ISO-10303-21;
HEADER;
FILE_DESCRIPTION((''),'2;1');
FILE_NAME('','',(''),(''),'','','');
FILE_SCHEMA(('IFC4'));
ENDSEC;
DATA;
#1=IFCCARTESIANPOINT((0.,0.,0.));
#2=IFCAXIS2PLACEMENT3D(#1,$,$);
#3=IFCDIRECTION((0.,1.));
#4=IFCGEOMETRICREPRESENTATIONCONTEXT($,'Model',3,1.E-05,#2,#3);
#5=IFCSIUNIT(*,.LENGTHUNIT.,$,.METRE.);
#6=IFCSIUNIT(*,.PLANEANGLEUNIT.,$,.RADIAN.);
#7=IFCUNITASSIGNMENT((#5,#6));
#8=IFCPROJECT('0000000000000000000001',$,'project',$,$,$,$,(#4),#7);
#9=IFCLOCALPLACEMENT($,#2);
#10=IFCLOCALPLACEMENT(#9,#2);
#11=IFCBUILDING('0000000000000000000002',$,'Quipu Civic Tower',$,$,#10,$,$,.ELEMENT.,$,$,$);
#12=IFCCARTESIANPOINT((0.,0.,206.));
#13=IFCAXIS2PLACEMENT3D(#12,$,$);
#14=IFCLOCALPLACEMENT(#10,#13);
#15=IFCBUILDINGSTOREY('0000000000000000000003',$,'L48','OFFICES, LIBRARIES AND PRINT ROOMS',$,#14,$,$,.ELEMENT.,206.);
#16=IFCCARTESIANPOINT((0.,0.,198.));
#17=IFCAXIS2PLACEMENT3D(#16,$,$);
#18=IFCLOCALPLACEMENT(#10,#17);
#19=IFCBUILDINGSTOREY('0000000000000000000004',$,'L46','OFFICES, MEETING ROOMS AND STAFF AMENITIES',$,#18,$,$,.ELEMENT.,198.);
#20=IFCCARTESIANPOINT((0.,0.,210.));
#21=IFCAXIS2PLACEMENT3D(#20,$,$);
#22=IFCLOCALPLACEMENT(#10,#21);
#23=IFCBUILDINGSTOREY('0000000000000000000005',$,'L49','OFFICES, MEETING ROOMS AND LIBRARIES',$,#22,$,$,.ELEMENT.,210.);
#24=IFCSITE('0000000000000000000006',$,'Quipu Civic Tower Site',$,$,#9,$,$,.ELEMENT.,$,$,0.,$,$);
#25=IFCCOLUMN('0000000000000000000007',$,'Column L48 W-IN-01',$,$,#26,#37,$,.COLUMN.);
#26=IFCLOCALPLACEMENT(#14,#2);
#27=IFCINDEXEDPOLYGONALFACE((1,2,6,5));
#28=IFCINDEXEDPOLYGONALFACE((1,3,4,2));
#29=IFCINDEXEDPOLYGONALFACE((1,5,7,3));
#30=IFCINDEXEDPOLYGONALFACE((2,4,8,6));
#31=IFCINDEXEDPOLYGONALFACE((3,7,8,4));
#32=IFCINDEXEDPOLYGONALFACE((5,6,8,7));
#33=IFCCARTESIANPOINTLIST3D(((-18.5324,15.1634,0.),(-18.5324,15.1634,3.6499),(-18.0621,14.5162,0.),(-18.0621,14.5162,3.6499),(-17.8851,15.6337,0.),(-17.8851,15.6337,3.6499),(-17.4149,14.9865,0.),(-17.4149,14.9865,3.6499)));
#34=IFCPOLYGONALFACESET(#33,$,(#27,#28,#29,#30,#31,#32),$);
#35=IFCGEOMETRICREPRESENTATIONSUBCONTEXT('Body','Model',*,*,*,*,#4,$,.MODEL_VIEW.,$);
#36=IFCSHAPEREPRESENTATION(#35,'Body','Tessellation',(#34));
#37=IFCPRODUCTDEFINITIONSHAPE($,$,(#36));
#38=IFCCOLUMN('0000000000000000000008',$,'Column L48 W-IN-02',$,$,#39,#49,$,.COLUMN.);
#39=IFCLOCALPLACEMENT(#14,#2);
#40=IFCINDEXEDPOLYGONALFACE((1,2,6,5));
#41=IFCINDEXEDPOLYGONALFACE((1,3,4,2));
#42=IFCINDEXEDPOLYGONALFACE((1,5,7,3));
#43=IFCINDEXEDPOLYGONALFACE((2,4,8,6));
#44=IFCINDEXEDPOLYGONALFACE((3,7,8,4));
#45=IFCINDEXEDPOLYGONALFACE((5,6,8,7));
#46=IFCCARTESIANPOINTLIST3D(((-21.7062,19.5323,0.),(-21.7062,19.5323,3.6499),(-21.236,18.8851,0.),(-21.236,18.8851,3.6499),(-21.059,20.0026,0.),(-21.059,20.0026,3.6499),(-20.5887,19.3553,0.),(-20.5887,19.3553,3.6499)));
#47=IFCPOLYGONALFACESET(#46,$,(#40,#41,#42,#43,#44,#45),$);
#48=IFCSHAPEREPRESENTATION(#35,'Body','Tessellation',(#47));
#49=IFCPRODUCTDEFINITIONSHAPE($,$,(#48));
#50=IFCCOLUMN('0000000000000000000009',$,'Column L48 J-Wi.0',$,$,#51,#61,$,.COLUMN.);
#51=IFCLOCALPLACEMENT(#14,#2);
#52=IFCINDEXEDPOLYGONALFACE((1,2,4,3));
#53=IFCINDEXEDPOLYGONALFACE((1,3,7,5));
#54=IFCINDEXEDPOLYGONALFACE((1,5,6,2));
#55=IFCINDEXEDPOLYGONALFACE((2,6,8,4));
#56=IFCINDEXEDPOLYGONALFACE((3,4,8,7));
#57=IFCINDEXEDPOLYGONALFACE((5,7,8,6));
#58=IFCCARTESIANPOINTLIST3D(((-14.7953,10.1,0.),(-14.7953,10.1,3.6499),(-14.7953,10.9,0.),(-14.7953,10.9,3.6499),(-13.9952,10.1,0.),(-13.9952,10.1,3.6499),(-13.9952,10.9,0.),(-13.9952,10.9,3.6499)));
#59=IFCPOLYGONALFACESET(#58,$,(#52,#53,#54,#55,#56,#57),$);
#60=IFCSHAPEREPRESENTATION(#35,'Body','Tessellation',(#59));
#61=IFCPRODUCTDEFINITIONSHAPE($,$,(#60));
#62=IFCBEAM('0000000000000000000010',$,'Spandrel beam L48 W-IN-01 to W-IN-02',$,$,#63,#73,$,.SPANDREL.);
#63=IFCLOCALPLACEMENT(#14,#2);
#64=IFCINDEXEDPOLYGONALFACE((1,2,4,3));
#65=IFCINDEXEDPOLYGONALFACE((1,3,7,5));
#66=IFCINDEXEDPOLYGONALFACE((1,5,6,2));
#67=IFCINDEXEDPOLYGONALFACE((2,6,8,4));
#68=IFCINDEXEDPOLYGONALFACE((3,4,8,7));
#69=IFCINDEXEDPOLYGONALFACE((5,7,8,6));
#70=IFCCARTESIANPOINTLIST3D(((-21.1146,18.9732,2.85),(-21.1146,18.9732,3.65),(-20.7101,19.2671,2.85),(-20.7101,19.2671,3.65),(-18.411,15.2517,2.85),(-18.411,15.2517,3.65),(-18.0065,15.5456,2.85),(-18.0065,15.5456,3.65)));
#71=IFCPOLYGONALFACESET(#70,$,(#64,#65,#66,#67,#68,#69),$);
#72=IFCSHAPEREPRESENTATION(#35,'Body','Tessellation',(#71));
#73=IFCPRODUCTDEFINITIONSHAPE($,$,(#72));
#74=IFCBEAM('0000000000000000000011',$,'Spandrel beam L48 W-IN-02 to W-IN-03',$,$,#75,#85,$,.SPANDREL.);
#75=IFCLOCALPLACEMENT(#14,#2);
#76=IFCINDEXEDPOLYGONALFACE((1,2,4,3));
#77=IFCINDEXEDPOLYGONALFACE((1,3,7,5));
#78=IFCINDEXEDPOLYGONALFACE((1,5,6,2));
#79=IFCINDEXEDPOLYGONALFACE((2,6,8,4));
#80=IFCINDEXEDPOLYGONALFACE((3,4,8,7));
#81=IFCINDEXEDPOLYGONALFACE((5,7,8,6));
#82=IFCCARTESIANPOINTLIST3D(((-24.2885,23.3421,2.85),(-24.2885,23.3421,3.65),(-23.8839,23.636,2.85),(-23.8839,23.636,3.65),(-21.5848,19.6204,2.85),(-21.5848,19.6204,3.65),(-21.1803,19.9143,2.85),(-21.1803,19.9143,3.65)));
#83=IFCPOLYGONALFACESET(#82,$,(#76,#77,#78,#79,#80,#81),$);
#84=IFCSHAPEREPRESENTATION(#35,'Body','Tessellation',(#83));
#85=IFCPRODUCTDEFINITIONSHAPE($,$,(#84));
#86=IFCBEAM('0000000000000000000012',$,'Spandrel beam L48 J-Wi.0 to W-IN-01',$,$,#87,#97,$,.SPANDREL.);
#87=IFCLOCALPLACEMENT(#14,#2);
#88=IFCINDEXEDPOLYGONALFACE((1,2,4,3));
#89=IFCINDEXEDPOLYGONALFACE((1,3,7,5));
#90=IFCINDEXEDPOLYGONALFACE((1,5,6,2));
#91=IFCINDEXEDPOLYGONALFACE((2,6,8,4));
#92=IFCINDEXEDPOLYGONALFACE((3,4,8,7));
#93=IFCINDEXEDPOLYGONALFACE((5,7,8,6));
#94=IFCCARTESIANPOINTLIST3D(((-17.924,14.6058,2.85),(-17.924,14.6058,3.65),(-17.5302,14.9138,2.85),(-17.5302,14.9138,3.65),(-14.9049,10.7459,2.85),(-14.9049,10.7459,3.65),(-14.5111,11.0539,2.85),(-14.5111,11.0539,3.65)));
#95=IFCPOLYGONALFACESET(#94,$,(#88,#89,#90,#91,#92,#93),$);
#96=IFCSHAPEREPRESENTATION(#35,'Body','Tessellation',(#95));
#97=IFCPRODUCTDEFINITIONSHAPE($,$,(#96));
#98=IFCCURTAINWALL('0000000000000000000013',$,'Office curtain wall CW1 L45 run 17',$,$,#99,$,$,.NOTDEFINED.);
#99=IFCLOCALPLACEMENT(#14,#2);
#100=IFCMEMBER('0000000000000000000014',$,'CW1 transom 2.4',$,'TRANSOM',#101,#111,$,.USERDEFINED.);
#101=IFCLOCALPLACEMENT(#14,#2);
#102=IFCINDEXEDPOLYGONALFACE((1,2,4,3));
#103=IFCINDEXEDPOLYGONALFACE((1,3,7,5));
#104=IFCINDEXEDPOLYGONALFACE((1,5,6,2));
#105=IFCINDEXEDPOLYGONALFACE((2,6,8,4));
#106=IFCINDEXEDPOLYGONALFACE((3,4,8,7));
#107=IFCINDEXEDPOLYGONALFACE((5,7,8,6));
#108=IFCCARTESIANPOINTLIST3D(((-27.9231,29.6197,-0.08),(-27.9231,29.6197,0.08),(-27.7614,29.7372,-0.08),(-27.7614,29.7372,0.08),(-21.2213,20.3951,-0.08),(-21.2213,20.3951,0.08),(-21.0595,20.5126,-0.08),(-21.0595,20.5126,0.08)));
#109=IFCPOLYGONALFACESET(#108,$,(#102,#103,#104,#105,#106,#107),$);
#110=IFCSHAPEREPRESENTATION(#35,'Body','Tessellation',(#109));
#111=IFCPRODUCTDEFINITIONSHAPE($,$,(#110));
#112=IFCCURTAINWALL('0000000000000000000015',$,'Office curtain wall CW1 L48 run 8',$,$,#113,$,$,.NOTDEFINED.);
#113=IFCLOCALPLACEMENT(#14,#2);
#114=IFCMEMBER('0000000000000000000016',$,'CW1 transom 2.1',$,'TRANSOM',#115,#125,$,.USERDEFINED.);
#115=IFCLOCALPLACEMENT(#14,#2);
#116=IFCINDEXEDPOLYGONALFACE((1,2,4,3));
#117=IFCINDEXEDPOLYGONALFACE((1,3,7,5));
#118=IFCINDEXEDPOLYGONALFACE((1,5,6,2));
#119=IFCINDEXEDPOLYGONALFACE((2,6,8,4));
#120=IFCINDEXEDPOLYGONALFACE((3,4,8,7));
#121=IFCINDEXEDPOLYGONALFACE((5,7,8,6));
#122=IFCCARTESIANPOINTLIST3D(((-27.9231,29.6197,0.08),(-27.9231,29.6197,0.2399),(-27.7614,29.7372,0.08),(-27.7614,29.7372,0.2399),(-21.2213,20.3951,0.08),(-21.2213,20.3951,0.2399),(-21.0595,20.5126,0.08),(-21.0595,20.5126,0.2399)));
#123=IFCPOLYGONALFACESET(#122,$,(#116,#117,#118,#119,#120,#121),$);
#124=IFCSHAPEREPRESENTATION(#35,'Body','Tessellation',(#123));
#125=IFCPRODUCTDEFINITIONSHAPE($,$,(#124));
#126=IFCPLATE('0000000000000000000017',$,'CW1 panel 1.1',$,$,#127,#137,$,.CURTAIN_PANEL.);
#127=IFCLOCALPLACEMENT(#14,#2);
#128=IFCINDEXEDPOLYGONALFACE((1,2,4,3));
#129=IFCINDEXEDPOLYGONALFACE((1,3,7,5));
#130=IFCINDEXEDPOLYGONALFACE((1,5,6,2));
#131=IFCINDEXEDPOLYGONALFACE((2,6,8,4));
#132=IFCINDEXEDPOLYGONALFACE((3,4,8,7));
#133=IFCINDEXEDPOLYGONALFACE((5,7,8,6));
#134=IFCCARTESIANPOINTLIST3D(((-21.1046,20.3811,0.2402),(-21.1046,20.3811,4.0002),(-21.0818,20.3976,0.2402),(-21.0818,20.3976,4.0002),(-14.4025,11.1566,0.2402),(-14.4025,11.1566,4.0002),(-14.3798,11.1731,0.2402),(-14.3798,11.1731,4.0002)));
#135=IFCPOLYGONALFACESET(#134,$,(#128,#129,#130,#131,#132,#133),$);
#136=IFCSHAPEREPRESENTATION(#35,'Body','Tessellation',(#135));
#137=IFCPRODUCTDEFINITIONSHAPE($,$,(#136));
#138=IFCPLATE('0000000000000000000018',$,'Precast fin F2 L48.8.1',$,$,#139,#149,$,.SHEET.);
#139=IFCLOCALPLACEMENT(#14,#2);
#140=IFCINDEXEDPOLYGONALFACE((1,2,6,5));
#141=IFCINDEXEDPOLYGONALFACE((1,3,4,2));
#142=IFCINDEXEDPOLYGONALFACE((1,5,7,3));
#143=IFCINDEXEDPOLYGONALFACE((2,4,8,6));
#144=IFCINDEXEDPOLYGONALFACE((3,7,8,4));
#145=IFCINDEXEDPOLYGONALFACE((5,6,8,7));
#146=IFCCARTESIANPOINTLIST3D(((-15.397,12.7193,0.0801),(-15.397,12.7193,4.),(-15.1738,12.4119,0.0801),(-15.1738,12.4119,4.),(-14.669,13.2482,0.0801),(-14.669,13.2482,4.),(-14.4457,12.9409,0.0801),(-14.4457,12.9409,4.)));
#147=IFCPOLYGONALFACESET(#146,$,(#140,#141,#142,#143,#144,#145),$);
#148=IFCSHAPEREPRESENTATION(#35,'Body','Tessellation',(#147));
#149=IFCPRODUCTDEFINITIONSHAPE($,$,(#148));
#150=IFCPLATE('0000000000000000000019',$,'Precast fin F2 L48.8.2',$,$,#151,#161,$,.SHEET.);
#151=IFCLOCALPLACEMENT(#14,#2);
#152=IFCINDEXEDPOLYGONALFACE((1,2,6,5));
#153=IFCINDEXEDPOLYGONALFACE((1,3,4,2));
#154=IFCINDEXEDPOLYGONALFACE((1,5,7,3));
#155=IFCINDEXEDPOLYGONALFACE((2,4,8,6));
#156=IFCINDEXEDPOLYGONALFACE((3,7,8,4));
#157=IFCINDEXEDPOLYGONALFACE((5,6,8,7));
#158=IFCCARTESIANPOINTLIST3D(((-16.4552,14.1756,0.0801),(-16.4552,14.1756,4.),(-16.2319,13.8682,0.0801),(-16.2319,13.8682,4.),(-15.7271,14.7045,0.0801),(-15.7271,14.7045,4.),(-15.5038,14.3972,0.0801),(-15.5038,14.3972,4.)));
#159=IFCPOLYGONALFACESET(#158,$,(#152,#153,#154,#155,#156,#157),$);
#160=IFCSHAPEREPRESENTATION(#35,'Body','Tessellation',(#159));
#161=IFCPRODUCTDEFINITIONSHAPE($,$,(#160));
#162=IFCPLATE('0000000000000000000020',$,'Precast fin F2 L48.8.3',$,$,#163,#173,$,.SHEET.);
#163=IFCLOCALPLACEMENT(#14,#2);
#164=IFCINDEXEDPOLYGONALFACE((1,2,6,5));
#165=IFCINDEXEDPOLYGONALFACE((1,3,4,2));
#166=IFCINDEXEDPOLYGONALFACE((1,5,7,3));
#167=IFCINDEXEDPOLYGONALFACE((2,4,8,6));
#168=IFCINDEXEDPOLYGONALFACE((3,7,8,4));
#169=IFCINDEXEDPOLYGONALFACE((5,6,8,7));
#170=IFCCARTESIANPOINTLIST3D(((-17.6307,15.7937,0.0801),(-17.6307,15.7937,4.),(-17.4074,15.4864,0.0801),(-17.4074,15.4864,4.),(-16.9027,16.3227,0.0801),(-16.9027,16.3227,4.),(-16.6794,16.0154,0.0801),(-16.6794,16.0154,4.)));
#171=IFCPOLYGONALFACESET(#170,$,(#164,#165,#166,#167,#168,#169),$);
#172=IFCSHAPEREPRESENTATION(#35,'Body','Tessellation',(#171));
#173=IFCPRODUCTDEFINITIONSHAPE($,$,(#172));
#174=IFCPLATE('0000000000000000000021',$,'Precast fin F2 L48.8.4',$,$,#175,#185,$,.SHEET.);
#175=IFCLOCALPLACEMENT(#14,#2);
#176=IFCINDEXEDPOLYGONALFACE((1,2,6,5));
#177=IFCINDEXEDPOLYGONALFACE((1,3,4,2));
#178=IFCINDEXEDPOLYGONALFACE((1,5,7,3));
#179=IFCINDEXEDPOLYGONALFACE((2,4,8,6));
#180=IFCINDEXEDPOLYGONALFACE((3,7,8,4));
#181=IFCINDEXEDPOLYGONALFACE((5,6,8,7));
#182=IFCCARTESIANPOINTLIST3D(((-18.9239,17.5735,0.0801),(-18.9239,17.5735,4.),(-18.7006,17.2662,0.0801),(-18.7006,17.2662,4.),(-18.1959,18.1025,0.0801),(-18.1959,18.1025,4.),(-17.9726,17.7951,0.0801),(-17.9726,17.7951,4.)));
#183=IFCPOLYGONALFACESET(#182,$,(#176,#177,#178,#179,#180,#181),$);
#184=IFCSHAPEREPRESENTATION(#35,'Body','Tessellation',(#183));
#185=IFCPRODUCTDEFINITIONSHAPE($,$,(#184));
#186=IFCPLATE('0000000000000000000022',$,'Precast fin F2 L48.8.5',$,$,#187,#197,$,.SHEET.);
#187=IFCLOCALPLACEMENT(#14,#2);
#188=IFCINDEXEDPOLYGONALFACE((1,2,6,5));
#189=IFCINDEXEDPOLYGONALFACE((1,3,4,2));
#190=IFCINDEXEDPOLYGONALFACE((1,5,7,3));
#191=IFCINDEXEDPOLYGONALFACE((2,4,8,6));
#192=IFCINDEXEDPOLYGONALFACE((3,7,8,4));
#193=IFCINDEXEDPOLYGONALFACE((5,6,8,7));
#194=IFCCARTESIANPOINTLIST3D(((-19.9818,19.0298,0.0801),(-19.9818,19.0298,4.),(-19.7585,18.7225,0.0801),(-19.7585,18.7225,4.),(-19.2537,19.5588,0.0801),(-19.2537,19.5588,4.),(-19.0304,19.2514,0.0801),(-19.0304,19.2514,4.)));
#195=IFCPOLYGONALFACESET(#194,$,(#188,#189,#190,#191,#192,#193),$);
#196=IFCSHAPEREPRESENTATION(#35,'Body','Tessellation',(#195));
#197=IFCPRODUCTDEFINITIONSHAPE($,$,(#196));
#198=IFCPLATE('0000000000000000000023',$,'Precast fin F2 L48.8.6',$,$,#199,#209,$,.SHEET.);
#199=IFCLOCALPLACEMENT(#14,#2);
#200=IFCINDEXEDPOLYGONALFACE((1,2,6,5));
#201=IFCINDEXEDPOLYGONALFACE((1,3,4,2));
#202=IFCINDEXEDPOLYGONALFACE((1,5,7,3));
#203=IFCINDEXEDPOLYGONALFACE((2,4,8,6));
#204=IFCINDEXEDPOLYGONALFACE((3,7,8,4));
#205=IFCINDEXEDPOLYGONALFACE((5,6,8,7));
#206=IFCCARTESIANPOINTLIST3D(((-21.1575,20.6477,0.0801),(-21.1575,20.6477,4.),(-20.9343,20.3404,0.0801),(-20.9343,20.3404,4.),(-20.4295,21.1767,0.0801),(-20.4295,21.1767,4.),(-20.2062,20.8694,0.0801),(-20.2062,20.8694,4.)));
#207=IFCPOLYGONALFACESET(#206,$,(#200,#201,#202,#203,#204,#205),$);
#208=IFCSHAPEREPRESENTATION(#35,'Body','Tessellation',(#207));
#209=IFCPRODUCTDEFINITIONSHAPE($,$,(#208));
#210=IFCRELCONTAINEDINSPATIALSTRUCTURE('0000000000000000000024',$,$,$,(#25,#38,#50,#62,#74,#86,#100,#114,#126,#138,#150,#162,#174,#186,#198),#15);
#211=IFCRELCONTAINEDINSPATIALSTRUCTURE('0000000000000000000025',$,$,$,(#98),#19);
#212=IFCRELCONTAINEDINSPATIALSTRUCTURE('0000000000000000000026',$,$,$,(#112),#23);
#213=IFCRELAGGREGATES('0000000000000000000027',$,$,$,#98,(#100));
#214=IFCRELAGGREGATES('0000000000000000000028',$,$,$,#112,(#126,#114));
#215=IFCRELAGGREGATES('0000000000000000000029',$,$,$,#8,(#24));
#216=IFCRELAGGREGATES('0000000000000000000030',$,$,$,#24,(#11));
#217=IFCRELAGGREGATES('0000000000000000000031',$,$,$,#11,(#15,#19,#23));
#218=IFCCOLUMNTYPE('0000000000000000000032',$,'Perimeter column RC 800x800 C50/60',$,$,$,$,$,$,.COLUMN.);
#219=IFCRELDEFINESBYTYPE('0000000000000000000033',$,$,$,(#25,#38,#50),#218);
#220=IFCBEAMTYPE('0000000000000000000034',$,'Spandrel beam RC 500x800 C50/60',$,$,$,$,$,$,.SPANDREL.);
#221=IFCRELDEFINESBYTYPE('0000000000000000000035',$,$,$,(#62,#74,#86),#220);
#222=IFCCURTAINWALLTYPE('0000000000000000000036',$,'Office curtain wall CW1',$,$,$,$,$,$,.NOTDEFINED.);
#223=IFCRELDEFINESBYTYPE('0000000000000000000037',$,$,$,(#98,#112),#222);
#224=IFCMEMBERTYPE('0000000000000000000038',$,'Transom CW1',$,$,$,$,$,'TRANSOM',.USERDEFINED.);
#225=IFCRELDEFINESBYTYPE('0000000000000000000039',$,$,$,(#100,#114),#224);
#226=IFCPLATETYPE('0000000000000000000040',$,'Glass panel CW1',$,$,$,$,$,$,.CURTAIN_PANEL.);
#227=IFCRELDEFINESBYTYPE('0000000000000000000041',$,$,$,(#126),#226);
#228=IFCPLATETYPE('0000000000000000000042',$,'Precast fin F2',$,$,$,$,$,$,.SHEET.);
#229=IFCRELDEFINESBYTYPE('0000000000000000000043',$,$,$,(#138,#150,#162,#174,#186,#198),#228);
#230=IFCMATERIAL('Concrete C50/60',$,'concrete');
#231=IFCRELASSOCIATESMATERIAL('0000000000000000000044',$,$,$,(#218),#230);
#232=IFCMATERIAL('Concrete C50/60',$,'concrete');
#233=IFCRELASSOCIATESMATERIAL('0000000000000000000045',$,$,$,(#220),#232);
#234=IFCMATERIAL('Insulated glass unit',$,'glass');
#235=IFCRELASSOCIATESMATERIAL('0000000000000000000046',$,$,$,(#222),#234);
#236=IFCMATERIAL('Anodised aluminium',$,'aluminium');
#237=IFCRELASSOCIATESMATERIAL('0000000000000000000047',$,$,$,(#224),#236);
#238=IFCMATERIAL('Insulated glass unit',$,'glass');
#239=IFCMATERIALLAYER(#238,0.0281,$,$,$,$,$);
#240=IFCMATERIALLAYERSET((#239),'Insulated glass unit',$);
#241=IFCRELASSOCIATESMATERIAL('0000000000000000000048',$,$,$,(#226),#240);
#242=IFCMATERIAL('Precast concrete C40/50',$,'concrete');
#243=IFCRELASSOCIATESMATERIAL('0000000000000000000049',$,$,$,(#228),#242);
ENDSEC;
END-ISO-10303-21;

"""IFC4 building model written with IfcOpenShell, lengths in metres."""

from ifc_helpers import new_model, si_unit, direction, frame, origin, origin_2d, place, context, subcontext, project, spatial, rectangle, extrude, material, layer, layer_set, material_profile, profile_set, type_object, element, aggregate, save


model = new_model("IFC4")

# Units and contexts
model_context = context("Model", 3, precision=1e-05, world=origin(), true_north=direction((0.0, 1.0)))
body_context = subcontext(model_context, "Body", "Model", "MODEL_VIEW")
ifc_project = project(units=[si_unit("LENGTHUNIT", "METRE"), si_unit("PLANEANGLEUNIT", "RADIAN")], contexts=[model_context])

# Site, building, storey
site_placement = place(None, origin())
site = spatial("IfcSite", under=ifc_project, at=site_placement, Name="Quipu Civic Tower Site", CompositionType="ELEMENT", RefElevation=0.0)
building_placement = place(site_placement, origin())
building = spatial("IfcBuilding", under=site, at=building_placement, Name="Quipu Civic Tower", CompositionType="ELEMENT")
storey_1_placement = place(building_placement, frame((0.0, 0.0, 206.0)))
storey_1 = spatial("IfcBuildingStorey", under=building, at=storey_1_placement, Name="L48", Description="OFFICES, LIBRARIES AND PRINT ROOMS", CompositionType="ELEMENT", Elevation=206.0)

# Columns
ifc_material_1 = material(Name="Concrete C50/60", Category="concrete")
ifc_material_profile_1 = material_profile(ifc_material_1, rectangle(XDim=0.8, YDim=0.8, at=origin_2d()), Name="RC800x800")
ifc_profile_set_1 = profile_set([ifc_material_profile_1], Name="Concrete C50/60")
column_type = type_object("IfcColumnType", Name="Perimeter column RC 800x800 C50/60", PredefinedType="COLUMN", material=ifc_profile_set_1)
for number, where, z_axis, x_axis, name in (
    (1, (-17.9736, 15.075, 0.0), (0.0, 0.0, 1.0), (-0.587785, 0.809017, 0.0), "Column L48 W-IN-01"),
    (2, (-21.1475, 19.4438, 0.0), (0.0, 0.0, 1.0), (-0.587785, 0.809017, 0.0), "Column L48 W-IN-02"),
    (3, (-14.3953, 10.5, 0.0), (0.0, 0.0, 1.0), (-1.0, 0.0, 0.0), "Column L48 J-Wi.0"),
):
    element("IfcColumn", number, at=place(storey_1_placement, frame(where, z_axis=z_axis, x_axis=x_axis)), inside=storey_1, type_object=column_type, Name=name, PredefinedType="COLUMN", context=body_context, shape_type="SweptSolid", body=[
        extrude(rectangle(XDim=0.8, YDim=0.8, at=origin_2d()), origin(), (0.0, 0.0, 1.0), 3.6499),
    ])

# Beams
ifc_material_2 = material(Name="Concrete C50/60", Category="concrete")
ifc_material_profile_2 = material_profile(ifc_material_2, rectangle(XDim=0.5, YDim=0.8, at=origin_2d()), Name="RC500x800")
ifc_profile_set_2 = profile_set([ifc_material_profile_2], Name="Concrete C50/60")
beam_type = type_object("IfcBeamType", Name="Spandrel beam RC 500x800 C50/60", PredefinedType="SPANDREL", material=ifc_profile_set_2)
beam_1_placement = place(storey_1_placement, frame((-18.2087, 15.3987, 3.25), z_axis=(-0.587761, 0.809034, 0.0), x_axis=(-0.809034, -0.587761, 0.0)))
element("IfcBeam", 4, at=beam_1_placement, inside=storey_1, type_object=beam_type, Name="Spandrel beam L48 W-IN-01 to W-IN-02", PredefinedType="SPANDREL", context=body_context, shape_type="SweptSolid", body=[
    extrude(rectangle(XDim=0.5, YDim=0.8, at=origin_2d()), origin(), (0.0, 0.0, 1.0), 4.5999),
])
beam_2_placement = place(storey_1_placement, frame((-21.3826, 19.7673, 3.25), z_axis=(-0.587736, 0.809053, 0.0), x_axis=(-0.809053, -0.587736, 0.0)))
element("IfcBeam", 5, at=beam_2_placement, inside=storey_1, type_object=beam_type, Name="Spandrel beam L48 W-IN-02 to W-IN-03", PredefinedType="SPANDREL", context=body_context, shape_type="SweptSolid", body=[
    extrude(rectangle(XDim=0.5, YDim=0.8, at=origin_2d()), origin(), (0.0, 0.0, 1.0), 4.6001),
])
beam_3_placement = place(storey_1_placement, frame((-14.708, 10.8999, 3.25), z_axis=(-0.616091, 0.787675, 0.0), x_axis=(-0.787675, -0.616091, 0.0)))
element("IfcBeam", 6, at=beam_3_placement, inside=storey_1, type_object=beam_type, Name="Spandrel beam L48 J-Wi.0 to W-IN-01", PredefinedType="SPANDREL", context=body_context, shape_type="SweptSolid", body=[
    extrude(rectangle(XDim=0.5, YDim=0.8, at=origin_2d()), origin(), (0.0, 0.0, 1.0), 4.9004),
])

# Shared definitions
storey_2_placement = place(building_placement, frame((0.0, 0.0, 198.0)))
storey_2 = spatial("IfcBuildingStorey", under=building, at=storey_2_placement, Name="L46", Description="OFFICES, MEETING ROOMS AND STAFF AMENITIES", CompositionType="ELEMENT", Elevation=198.0)

# Curtain wall, member
ifc_material_3 = material(Name="Insulated glass unit", Category="glass")
curtain_wall_type = type_object("IfcCurtainWallType", Name="Office curtain wall CW1", PredefinedType="NOTDEFINED", material=ifc_material_3)
curtain_wall_1_placement = place(storey_2_placement, origin())
curtain_wall_1 = element("IfcCurtainWall", 7, at=curtain_wall_1_placement, inside=storey_2, type_object=curtain_wall_type, Name="Office curtain wall CW1 L45 run 17", PredefinedType="NOTDEFINED")
ifc_material_4 = material(Name="Anodised aluminium", Category="aluminium")
ifc_material_profile_3 = material_profile(ifc_material_4, rectangle(XDim=0.2, YDim=0.1599, at=origin_2d()), Name="RECT 200x160")
ifc_profile_set_3 = profile_set([ifc_material_profile_3], Name="Anodised aluminium")
member_type = type_object("IfcMemberType", Name="Transom CW1", ElementType="TRANSOM", PredefinedType="USERDEFINED", material=ifc_profile_set_3)
member_1_placement = place(storey_1_placement, frame((-21.1404, 20.4539, 0.0), z_axis=(-0.587776, 0.809024, 0.0), x_axis=(-0.809024, -0.587776, 0.0)))
member_1 = element("IfcMember", 8, at=member_1_placement, inside=storey_1, type_object=member_type, Name="CW1 transom 2.4", ObjectType="TRANSOM", PredefinedType="USERDEFINED", context=body_context, shape_type="SweptSolid", body=[
    extrude(rectangle(XDim=0.2, YDim=0.1599, at=origin_2d()), origin(), (0.0, 0.0, 1.0), 11.4021),
])
aggregate(curtain_wall_1, [member_1])

# Shared definitions
storey_3_placement = place(building_placement, frame((0.0, 0.0, 210.0)))
storey_3 = spatial("IfcBuildingStorey", under=building, at=storey_3_placement, Name="L49", Description="OFFICES, MEETING ROOMS AND LIBRARIES", CompositionType="ELEMENT", Elevation=210.0)

# Curtain wall, member, plate
curtain_wall_2_placement = place(storey_3_placement, origin())
curtain_wall_2 = element("IfcCurtainWall", 9, at=curtain_wall_2_placement, inside=storey_3, type_object=curtain_wall_type, Name="Office curtain wall CW1 L48 run 8", PredefinedType="NOTDEFINED")
member_2_placement = place(storey_1_placement, frame((-21.1404, 20.4539, 0.1599), z_axis=(-0.587776, 0.809024, 0.0), x_axis=(-0.809024, -0.587776, 0.0)))
member_2 = element("IfcMember", 10, at=member_2_placement, inside=storey_1, type_object=member_type, Name="CW1 transom 2.1", ObjectType="TRANSOM", PredefinedType="USERDEFINED", context=body_context, shape_type="SweptSolid", body=[
    extrude(rectangle(XDim=0.2, YDim=0.1599, at=origin_2d()), origin(), (0.0, 0.0, 1.0), 11.4021),
])
ifc_material_5 = material(Name="Insulated glass unit", Category="glass")
ifc_layer_1 = layer(ifc_material_5, 0.0281)
ifc_layer_set_1 = layer_set([ifc_layer_1], Name="Insulated glass unit")
plate_type_1 = type_object("IfcPlateType", Name="Glass panel CW1", PredefinedType="CURTAIN_PANEL", material=ifc_layer_set_1)
plate_placement = place(storey_1_placement, frame((-17.7422, 15.7771, 0.2402), z_axis=(0.0, 0.0, 1.0), x_axis=(-0.587789, 0.809014, 0.0)))
plate = element("IfcPlate", 11, at=plate_placement, inside=storey_1, type_object=plate_type_1, Name="CW1 panel 1.1", PredefinedType="CURTAIN_PANEL", context=body_context, shape_type="SweptSolid", body=[
    extrude(rectangle(XDim=11.4021, YDim=0.0281, at=origin_2d()), origin(), (0.0, 0.0, 1.0), 3.76),
])
aggregate(curtain_wall_2, [plate, member_2])

# Plates
ifc_material_6 = material(Name="Precast concrete C40/50", Category="concrete")
plate_type_2 = type_object("IfcPlateType", Name="Precast fin F2", PredefinedType="SHEET", material=ifc_material_6)
for number, where, z_axis, x_axis, name in (
    (12, (-14.9214, 12.8301, 0.0801), (0.0, 0.0, 1.0), (-0.587787, 0.809016, 0.0), "Precast fin F2 L48.8.1"),
    (13, (-15.9795, 14.2864, 0.0801), (0.0, 0.0, 1.0), (-0.587787, 0.809016, 0.0), "Precast fin F2 L48.8.2"),
    (14, (-17.155, 15.9045, 0.0801), (0.0, 0.0, 1.0), (-0.587787, 0.809016, 0.0), "Precast fin F2 L48.8.3"),
    (15, (-18.4482, 17.6843, 0.0801), (0.0, 0.0, 1.0), (-0.587787, 0.809016, 0.0), "Precast fin F2 L48.8.4"),
    (16, (-19.5061, 19.1406, 0.0801), (0.0, 0.0, 1.0), (-0.587787, 0.809016, 0.0), "Precast fin F2 L48.8.5"),
    (17, (-20.6819, 20.7585, 0.0801), (0.0, 0.0, 1.0), (-0.587787, 0.809016, 0.0), "Precast fin F2 L48.8.6"),
):
    element("IfcPlate", number, at=place(storey_1_placement, frame(where, z_axis=z_axis, x_axis=x_axis)), inside=storey_1, type_object=plate_type_2, Name=name, PredefinedType="SHEET", context=body_context, shape_type="SweptSolid", body=[
        extrude(rectangle(XDim=0.3799, YDim=0.8999, at=origin_2d()), origin(), (0.0, 0.0, 1.0), 3.9199),
    ])

save(model, "model.ifc")
